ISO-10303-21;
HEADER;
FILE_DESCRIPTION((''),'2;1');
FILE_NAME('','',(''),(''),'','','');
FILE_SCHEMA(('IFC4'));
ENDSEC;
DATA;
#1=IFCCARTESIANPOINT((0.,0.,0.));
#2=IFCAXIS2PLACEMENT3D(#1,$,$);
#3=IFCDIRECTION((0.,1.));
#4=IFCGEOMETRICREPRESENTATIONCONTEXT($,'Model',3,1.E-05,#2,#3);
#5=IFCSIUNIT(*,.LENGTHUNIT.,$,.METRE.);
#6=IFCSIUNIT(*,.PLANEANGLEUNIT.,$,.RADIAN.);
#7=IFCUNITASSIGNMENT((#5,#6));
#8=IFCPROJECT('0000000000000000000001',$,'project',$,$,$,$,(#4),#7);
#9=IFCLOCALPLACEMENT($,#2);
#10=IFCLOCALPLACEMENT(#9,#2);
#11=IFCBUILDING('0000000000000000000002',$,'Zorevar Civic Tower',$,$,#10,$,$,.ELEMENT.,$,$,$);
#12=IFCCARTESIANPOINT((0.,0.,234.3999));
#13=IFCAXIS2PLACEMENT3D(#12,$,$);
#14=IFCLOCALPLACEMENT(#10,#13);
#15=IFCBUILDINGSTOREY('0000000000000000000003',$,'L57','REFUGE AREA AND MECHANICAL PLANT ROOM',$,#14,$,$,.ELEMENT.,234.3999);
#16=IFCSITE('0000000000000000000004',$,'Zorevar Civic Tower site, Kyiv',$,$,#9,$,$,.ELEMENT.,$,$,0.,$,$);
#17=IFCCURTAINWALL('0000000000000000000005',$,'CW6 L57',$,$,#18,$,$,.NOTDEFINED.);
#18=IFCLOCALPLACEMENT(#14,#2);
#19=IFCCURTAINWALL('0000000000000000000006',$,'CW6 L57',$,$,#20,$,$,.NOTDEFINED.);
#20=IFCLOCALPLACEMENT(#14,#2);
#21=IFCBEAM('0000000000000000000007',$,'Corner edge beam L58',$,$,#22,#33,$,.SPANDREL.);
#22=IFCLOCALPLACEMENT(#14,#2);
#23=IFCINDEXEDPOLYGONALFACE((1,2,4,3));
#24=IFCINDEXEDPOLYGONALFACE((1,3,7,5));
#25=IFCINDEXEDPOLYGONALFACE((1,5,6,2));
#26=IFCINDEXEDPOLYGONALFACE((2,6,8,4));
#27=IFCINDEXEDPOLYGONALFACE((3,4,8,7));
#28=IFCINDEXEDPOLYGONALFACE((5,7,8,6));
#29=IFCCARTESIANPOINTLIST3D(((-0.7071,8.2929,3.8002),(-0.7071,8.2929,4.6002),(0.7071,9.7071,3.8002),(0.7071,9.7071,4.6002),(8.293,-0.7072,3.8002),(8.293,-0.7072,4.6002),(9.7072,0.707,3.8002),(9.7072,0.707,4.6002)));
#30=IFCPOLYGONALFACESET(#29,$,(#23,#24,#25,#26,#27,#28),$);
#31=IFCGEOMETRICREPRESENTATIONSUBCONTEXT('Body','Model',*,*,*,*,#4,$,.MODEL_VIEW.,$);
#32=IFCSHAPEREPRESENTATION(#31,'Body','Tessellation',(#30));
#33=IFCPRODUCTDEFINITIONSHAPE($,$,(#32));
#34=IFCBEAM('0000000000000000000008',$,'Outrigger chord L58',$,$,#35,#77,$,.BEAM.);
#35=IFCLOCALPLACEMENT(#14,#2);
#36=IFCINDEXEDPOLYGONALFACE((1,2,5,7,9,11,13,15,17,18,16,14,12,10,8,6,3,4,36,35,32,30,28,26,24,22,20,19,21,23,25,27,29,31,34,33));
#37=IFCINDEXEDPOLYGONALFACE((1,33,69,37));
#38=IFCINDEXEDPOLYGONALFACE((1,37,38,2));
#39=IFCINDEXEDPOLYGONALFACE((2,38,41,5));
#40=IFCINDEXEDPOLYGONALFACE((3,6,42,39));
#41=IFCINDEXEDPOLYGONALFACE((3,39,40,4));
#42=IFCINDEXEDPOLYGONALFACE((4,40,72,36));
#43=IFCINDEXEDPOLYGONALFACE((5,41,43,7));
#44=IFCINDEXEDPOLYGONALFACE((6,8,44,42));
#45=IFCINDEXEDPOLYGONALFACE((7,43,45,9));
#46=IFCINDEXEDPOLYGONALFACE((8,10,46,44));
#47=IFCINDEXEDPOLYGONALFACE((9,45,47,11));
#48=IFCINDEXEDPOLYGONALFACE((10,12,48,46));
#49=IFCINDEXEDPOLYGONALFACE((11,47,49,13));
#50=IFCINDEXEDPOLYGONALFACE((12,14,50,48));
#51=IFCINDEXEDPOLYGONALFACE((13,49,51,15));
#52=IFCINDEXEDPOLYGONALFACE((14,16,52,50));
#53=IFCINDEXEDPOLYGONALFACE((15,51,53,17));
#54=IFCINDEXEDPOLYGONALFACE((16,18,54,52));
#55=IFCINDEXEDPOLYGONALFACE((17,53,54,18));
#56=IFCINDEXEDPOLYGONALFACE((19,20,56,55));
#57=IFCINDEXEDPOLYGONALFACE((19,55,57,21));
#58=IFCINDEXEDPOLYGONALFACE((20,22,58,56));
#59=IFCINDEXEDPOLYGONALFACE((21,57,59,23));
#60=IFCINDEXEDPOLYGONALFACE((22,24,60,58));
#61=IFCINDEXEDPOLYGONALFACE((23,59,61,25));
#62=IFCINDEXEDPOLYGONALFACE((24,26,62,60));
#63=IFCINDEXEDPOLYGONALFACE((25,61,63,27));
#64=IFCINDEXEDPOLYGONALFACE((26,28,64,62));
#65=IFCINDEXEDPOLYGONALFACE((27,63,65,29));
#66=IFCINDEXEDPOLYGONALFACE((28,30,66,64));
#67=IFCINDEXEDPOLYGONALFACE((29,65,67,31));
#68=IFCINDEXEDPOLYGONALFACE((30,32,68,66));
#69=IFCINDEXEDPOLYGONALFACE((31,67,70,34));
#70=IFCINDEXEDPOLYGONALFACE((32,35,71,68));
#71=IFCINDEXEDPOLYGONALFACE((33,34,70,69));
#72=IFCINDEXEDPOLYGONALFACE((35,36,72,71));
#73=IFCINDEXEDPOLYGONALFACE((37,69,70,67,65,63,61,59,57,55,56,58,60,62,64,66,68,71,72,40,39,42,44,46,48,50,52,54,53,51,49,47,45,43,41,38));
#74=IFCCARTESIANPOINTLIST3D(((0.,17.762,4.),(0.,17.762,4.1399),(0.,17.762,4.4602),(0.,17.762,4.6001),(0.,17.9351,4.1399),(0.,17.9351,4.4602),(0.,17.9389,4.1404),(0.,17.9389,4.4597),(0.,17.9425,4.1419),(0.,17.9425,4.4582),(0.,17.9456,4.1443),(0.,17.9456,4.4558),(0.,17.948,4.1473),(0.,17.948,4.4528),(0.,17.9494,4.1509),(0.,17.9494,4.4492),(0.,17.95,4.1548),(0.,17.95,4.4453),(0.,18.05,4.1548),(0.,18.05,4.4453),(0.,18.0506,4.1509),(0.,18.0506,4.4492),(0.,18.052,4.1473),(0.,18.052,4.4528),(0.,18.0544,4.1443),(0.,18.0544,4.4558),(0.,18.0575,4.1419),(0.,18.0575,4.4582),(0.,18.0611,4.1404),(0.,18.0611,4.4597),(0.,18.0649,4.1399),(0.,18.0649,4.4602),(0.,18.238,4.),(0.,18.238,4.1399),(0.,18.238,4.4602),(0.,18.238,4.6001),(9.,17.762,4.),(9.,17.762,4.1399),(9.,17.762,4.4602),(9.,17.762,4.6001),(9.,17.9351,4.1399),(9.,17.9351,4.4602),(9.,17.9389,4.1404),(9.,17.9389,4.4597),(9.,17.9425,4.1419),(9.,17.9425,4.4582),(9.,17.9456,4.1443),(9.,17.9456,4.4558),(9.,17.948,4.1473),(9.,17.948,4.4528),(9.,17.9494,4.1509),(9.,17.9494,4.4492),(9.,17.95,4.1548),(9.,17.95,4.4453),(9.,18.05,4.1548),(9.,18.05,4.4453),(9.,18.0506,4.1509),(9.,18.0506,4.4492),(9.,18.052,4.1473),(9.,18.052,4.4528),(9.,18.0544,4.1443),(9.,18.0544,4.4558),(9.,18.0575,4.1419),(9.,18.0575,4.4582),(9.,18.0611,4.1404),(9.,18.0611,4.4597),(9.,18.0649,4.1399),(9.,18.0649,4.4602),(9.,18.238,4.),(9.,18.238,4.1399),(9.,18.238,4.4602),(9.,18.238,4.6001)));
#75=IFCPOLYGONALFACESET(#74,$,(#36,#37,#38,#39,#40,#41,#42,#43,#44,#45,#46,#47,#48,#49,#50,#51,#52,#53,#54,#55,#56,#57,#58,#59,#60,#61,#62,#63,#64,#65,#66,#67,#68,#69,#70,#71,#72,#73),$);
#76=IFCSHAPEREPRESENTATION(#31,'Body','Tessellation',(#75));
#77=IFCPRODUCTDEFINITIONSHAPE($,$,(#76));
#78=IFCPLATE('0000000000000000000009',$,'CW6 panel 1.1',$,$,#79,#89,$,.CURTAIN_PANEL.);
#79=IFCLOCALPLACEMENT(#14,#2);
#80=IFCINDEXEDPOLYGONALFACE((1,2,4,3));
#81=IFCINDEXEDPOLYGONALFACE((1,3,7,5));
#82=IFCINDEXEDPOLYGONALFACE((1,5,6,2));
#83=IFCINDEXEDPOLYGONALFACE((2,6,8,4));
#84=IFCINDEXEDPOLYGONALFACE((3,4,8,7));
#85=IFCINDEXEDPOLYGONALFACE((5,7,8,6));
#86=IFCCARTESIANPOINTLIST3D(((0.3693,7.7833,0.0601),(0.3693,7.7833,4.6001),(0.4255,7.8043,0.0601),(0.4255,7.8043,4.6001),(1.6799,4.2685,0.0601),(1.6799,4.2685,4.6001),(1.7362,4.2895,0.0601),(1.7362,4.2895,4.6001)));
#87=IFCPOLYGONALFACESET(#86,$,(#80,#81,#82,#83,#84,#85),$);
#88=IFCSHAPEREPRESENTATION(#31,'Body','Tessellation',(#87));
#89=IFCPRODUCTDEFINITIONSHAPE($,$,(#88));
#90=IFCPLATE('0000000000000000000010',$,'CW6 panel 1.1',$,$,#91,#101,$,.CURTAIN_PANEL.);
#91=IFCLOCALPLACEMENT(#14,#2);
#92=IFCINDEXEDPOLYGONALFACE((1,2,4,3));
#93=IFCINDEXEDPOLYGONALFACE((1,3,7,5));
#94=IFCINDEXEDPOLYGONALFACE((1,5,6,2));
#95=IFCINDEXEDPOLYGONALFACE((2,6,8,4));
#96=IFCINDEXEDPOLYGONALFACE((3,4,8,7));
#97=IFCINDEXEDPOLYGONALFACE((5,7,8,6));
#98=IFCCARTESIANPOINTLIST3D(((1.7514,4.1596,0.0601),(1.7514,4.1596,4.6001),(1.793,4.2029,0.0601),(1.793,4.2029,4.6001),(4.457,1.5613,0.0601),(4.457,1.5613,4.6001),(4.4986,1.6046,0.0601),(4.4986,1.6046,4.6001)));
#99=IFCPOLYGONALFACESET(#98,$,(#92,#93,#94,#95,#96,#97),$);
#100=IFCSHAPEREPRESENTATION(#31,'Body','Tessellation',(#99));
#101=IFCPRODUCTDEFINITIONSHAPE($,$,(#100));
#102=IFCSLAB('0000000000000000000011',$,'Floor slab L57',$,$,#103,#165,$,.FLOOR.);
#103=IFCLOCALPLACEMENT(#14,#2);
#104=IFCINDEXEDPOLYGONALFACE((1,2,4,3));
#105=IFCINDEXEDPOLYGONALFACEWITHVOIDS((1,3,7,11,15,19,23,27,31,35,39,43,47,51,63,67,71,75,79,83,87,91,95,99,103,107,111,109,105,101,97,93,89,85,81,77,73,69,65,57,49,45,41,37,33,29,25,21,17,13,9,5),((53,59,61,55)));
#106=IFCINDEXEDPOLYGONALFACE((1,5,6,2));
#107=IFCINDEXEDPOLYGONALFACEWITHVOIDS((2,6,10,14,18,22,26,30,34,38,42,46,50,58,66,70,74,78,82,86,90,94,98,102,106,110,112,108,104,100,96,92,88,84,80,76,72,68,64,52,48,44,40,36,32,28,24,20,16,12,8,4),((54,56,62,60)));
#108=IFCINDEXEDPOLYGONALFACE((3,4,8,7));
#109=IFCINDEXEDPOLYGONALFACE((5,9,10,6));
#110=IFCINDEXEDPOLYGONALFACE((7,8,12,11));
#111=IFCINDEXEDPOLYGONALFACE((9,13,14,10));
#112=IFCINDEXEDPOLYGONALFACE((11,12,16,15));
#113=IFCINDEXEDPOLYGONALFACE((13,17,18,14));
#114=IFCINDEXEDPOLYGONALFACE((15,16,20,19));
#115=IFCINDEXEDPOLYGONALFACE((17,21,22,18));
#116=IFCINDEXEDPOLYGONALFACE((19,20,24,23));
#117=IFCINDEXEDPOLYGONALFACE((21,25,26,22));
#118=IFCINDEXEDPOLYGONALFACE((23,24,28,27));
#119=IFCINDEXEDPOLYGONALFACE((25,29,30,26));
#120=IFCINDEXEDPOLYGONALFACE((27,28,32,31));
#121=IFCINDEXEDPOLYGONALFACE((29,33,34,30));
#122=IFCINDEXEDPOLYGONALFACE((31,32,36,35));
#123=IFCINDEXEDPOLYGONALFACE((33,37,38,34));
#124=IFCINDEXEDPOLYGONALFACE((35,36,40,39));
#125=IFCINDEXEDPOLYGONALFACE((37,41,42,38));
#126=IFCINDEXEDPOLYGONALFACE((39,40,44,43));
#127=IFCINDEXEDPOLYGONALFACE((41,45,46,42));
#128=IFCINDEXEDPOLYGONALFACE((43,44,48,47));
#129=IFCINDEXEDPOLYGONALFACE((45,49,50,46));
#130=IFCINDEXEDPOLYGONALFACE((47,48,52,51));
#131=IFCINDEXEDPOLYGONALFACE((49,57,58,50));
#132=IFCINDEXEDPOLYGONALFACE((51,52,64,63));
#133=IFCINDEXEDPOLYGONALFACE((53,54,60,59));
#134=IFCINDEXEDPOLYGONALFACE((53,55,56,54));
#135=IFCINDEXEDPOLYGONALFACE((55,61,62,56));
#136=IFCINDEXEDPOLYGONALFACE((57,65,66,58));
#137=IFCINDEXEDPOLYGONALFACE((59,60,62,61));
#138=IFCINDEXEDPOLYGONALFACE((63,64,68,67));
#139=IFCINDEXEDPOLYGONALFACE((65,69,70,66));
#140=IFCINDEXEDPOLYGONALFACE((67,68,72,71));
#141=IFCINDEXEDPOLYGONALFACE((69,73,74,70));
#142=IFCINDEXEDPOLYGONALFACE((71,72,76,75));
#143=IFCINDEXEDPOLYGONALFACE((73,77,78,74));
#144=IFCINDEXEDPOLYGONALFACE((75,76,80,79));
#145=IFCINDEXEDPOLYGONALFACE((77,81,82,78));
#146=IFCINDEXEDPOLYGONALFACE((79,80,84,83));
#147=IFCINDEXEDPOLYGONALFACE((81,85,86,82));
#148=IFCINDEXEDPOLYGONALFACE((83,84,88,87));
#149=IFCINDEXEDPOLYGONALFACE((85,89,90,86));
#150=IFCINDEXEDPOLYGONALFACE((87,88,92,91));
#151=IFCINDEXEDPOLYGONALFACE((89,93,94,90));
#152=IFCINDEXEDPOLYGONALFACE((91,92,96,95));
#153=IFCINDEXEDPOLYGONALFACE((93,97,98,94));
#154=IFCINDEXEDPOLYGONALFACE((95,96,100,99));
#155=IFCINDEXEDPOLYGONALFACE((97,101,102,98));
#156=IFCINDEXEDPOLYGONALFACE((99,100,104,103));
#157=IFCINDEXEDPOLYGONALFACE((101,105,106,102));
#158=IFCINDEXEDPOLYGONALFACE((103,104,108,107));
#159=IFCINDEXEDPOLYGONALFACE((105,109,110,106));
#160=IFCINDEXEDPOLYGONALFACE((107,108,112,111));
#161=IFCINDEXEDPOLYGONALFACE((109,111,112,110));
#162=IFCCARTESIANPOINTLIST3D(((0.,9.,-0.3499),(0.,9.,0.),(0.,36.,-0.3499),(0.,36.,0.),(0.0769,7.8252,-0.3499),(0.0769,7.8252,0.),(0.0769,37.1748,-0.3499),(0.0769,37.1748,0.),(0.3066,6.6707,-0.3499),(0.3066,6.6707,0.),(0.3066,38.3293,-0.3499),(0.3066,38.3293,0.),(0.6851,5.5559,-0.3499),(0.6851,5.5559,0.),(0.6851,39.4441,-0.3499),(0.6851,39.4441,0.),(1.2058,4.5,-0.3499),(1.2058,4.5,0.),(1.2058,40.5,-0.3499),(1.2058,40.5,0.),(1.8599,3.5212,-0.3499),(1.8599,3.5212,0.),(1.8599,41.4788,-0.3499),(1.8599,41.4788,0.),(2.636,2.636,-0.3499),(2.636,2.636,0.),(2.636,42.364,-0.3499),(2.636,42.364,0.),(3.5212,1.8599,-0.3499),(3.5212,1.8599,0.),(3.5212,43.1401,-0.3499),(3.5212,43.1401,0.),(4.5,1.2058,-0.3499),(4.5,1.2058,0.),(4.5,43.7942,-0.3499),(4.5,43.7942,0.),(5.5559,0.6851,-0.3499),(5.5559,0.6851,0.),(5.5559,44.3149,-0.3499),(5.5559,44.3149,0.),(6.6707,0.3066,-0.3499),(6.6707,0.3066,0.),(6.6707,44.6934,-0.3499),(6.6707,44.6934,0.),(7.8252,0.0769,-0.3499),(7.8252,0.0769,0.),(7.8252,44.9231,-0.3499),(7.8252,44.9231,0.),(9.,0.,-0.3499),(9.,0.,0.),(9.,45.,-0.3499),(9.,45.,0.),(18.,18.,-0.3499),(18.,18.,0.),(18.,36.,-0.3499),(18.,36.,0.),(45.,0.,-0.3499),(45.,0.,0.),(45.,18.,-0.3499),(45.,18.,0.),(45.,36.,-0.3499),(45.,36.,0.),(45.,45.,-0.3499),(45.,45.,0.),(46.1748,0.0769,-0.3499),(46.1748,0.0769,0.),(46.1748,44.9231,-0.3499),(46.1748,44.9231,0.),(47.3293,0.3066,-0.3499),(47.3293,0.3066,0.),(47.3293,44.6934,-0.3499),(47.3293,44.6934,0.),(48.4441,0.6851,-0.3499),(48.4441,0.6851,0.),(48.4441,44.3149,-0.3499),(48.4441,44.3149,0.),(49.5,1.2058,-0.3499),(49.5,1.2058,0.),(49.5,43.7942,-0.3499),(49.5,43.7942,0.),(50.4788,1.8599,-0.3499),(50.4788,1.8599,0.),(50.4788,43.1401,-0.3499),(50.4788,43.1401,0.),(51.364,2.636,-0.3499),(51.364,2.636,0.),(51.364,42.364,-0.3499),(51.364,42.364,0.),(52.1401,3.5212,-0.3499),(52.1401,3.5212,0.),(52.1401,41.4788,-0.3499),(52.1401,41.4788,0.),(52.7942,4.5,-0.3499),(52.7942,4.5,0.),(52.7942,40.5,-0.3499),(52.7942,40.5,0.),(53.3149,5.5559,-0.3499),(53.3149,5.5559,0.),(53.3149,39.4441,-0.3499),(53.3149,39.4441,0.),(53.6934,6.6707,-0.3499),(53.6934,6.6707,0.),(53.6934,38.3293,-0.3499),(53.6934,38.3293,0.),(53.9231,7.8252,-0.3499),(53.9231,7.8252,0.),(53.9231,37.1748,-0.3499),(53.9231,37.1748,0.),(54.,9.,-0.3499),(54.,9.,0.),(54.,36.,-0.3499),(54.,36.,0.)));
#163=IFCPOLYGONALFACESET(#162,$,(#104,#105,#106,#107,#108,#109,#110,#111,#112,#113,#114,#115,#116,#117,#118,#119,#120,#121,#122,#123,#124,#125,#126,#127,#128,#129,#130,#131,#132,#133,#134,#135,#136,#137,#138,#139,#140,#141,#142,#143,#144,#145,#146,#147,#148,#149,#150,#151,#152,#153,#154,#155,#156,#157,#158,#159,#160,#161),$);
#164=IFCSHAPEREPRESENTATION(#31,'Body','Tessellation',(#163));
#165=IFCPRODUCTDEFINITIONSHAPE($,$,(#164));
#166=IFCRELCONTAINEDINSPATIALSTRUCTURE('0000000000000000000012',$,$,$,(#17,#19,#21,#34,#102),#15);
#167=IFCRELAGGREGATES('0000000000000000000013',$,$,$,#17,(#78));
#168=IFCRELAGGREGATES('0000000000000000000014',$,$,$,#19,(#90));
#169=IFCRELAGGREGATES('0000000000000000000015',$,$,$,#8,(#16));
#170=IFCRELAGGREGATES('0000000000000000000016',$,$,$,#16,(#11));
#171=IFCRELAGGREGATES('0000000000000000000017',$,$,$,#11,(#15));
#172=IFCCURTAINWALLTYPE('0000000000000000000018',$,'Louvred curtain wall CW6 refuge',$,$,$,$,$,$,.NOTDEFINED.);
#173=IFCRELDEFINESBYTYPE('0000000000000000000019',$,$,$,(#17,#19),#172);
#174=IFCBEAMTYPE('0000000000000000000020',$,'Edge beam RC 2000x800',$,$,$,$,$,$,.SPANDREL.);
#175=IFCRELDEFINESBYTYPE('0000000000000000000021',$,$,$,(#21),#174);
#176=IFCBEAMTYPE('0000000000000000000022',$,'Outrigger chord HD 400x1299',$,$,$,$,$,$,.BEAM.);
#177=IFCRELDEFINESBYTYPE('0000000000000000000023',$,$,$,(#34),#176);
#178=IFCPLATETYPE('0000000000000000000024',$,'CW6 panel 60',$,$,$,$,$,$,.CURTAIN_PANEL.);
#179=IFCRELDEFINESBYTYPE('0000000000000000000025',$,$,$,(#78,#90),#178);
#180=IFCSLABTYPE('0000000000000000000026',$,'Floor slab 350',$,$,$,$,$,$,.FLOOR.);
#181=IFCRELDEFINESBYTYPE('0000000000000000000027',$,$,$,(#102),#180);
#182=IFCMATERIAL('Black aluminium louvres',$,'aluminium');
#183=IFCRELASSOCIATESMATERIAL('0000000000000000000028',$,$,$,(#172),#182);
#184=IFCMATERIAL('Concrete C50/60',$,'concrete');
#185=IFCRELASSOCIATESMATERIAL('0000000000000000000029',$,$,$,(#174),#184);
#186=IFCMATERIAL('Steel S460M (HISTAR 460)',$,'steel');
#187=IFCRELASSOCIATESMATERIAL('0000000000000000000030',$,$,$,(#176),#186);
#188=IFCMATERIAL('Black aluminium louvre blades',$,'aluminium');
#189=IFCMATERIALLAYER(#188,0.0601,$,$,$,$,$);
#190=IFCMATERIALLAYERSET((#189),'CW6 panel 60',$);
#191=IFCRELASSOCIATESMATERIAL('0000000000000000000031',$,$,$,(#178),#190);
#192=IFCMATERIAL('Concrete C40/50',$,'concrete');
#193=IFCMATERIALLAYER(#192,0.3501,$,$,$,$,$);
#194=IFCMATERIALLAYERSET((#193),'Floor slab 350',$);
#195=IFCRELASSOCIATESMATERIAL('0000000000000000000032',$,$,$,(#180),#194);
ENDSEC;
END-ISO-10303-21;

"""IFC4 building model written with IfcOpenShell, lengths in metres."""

from ifc_helpers import new_model, si_unit, direction, frame, origin, origin_2d, place, context, subcontext, project, spatial, polyline, rectangle, i_section, outline, extrude, material, layer, layer_set, material_profile, profile_set, type_object, element, aggregate, save


model = new_model("IFC4")

# Units and contexts
model_context = context("Model", 3, precision=1e-05, world=origin(), true_north=direction((0.0, 1.0)))
body_context = subcontext(model_context, "Body", "Model", "MODEL_VIEW")
ifc_project = project(units=[si_unit("LENGTHUNIT", "METRE"), si_unit("PLANEANGLEUNIT", "RADIAN")], contexts=[model_context])

# Site, building, storey
site_placement = place(None, origin())
site = spatial("IfcSite", under=ifc_project, at=site_placement, Name="Zorevar Civic Tower site, Kyiv", CompositionType="ELEMENT", RefElevation=0.0)
building_placement = place(site_placement, origin())
building = spatial("IfcBuilding", under=site, at=building_placement, Name="Zorevar Civic Tower", CompositionType="ELEMENT")
storey_placement = place(building_placement, frame((0.0, 0.0, 234.3999)))
storey = spatial("IfcBuildingStorey", under=building, at=storey_placement, Name="L57", Description="REFUGE AREA AND MECHANICAL PLANT ROOM", CompositionType="ELEMENT", Elevation=234.3999)

# Curtain walls
ifc_material_1 = material(Name="Black aluminium louvres", Category="aluminium")
curtain_wall_type = type_object("IfcCurtainWallType", Name="Louvred curtain wall CW6 refuge", PredefinedType="NOTDEFINED", material=ifc_material_1)
curtain_wall_1_placement = place(storey_placement, origin())
curtain_wall_1 = element("IfcCurtainWall", 1, at=curtain_wall_1_placement, inside=storey, type_object=curtain_wall_type, Name="CW6 L57", PredefinedType="NOTDEFINED")
curtain_wall_2_placement = place(storey_placement, origin())
curtain_wall_2 = element("IfcCurtainWall", 2, at=curtain_wall_2_placement, inside=storey, type_object=curtain_wall_type, Name="CW6 L57", PredefinedType="NOTDEFINED")

# Beams
ifc_material_2 = material(Name="Concrete C50/60", Category="concrete")
ifc_material_profile_1 = material_profile(ifc_material_2, rectangle(XDim=2.0, YDim=0.8, at=origin_2d()), Name="RC 2000x800")
ifc_profile_set_1 = profile_set([ifc_material_profile_1], Name="Concrete C50/60")
beam_type_1 = type_object("IfcBeamType", Name="Edge beam RC 2000x800", PredefinedType="SPANDREL", material=ifc_profile_set_1)
beam_1_placement = place(storey_placement, frame((0.0, 9.0, 4.2002), z_axis=(0.707107, -0.707107, 0.0), x_axis=(0.707107, 0.707107, 0.0)))
element("IfcBeam", 3, at=beam_1_placement, inside=storey, type_object=beam_type_1, Name="Corner edge beam L58", PredefinedType="SPANDREL", context=body_context, shape_type="SweptSolid", body=[
    extrude(rectangle(XDim=2.0, YDim=0.8, at=origin_2d()), origin(), (0.0, 0.0, 1.0), 12.728),
])
ifc_material_3 = material(Name="Steel S460M (HISTAR 460)", Category="steel")
ifc_material_profile_2 = material_profile(ifc_material_3, i_section(OverallWidth=0.4761, OverallDepth=0.6001, WebThickness=0.1001, FlangeThickness=0.1399, FilletRadius=0.0149, at=origin_2d()), Name="HD 400x1299")
ifc_profile_set_2 = profile_set([ifc_material_profile_2], Name="Steel S460M (HISTAR 460)")
beam_type_2 = type_object("IfcBeamType", Name="Outrigger chord HD 400x1299", PredefinedType="BEAM", material=ifc_profile_set_2)
beam_2_placement = place(storey_placement, frame((0.0, 18.0, 4.3), z_axis=(1.0, 0.0, 0.0), x_axis=(0.0, 1.0, 0.0)))
element("IfcBeam", 4, at=beam_2_placement, inside=storey, type_object=beam_type_2, Name="Outrigger chord L58", PredefinedType="BEAM", context=body_context, shape_type="SweptSolid", body=[
    extrude(i_section(OverallWidth=0.4761, OverallDepth=0.6001, WebThickness=0.1001, FlangeThickness=0.1399, FilletRadius=0.0149, at=origin_2d()), origin(), (0.0, 0.0, 1.0), 9.0),
])

# Plates
ifc_material_4 = material(Name="Black aluminium louvre blades", Category="aluminium")
ifc_layer_1 = layer(ifc_material_4, 0.0601)
ifc_layer_set_1 = layer_set([ifc_layer_1], Name="CW6 panel 60")
plate_type = type_object("IfcPlateType", Name="CW6 panel 60", PredefinedType="CURTAIN_PANEL", material=ifc_layer_set_1)
plate_1_placement = place(storey_placement, frame((1.0527, 6.0364, 0.0601), z_axis=(0.0, 0.0, 1.0), x_axis=(0.349405, -0.936972, 0.0)))
plate_1 = element("IfcPlate", 5, at=plate_1_placement, type_object=plate_type, Name="CW6 panel 1.1", PredefinedType="CURTAIN_PANEL", context=body_context, shape_type="SweptSolid", body=[
    extrude(rectangle(XDim=3.7512, YDim=0.0601, at=origin_2d()), origin(), (0.0, 0.0, 1.0), 4.54),
])
aggregate(curtain_wall_1, [plate_1])
plate_2_placement = place(storey_placement, frame((3.125, 2.8821, 0.0601), z_axis=(0.0, 0.0, 1.0), x_axis=(0.721263, -0.692661, 0.0)))
plate_2 = element("IfcPlate", 6, at=plate_2_placement, type_object=plate_type, Name="CW6 panel 1.1", PredefinedType="CURTAIN_PANEL", context=body_context, shape_type="SweptSolid", body=[
    extrude(rectangle(XDim=3.7512, YDim=0.0601, at=origin_2d()), origin(), (0.0, 0.0, 1.0), 4.54),
])
aggregate(curtain_wall_2, [plate_2])

# Slab
ifc_material_5 = material(Name="Concrete C40/50", Category="concrete")
ifc_layer_2 = layer(ifc_material_5, 0.3501)
ifc_layer_set_2 = layer_set([ifc_layer_2], Name="Floor slab 350")
slab_type_1 = type_object("IfcSlabType", Name="Floor slab 350", PredefinedType="FLOOR", material=ifc_layer_set_2)
slab_1_placement = place(storey_placement, frame((0.0, 0.0, -0.3499)))
element("IfcSlab", 7, at=slab_1_placement, inside=storey, type_object=slab_type_1, Name="Floor slab L57", PredefinedType="FLOOR", context=body_context, shape_type="SweptSolid", body=[
    extrude(outline(polyline([(45.0, 0.0), (46.1748, 0.0769), (47.3293, 0.3066), (48.4441, 0.6851), (49.5, 1.2058), (50.4788, 1.8599), (51.364, 2.636), (52.1401, 3.5212), (52.7942, 4.5), (53.3149, 5.5559), (53.6934, 6.6707), (53.9231, 7.8252), (54.0, 9.0), (54.0, 36.0), (53.9231, 37.1748), (53.6934, 38.3293), (53.3149, 39.4441), (52.7942, 40.5), (52.1401, 41.4788), (51.364, 42.364), (50.4788, 43.1401), (49.5, 43.7942), (48.4441, 44.3149), (47.3293, 44.6934), (46.1748, 44.9231), (45.0, 45.0), (9.0, 45.0), (7.8252, 44.9231), (6.6707, 44.6934), (5.5559, 44.3149), (4.5, 43.7942), (3.5212, 43.1401), (2.636, 42.364), (1.8599, 41.4788), (1.2058, 40.5), (0.6851, 39.4441), (0.3066, 38.3293), (0.0769, 37.1748), (0.0, 36.0), (0.0, 9.0), (0.0769, 7.8252), (0.3066, 6.6707), (0.6851, 5.5559), (1.2058, 4.5), (1.8599, 3.5212), (2.636, 2.636), (3.5212, 1.8599), (4.5, 1.2058), (5.5559, 0.6851), (6.6707, 0.3066), (7.8252, 0.0769), (9.0, 0.0), (45.0, 0.0)]), holes=[polyline([(18.0, 18.0), (45.0, 18.0), (45.0, 36.0), (18.0, 36.0), (18.0, 18.0)])]), origin(), (0.0, 0.0, 1.0), 0.3499),
])

save(model, "model.ifc")
